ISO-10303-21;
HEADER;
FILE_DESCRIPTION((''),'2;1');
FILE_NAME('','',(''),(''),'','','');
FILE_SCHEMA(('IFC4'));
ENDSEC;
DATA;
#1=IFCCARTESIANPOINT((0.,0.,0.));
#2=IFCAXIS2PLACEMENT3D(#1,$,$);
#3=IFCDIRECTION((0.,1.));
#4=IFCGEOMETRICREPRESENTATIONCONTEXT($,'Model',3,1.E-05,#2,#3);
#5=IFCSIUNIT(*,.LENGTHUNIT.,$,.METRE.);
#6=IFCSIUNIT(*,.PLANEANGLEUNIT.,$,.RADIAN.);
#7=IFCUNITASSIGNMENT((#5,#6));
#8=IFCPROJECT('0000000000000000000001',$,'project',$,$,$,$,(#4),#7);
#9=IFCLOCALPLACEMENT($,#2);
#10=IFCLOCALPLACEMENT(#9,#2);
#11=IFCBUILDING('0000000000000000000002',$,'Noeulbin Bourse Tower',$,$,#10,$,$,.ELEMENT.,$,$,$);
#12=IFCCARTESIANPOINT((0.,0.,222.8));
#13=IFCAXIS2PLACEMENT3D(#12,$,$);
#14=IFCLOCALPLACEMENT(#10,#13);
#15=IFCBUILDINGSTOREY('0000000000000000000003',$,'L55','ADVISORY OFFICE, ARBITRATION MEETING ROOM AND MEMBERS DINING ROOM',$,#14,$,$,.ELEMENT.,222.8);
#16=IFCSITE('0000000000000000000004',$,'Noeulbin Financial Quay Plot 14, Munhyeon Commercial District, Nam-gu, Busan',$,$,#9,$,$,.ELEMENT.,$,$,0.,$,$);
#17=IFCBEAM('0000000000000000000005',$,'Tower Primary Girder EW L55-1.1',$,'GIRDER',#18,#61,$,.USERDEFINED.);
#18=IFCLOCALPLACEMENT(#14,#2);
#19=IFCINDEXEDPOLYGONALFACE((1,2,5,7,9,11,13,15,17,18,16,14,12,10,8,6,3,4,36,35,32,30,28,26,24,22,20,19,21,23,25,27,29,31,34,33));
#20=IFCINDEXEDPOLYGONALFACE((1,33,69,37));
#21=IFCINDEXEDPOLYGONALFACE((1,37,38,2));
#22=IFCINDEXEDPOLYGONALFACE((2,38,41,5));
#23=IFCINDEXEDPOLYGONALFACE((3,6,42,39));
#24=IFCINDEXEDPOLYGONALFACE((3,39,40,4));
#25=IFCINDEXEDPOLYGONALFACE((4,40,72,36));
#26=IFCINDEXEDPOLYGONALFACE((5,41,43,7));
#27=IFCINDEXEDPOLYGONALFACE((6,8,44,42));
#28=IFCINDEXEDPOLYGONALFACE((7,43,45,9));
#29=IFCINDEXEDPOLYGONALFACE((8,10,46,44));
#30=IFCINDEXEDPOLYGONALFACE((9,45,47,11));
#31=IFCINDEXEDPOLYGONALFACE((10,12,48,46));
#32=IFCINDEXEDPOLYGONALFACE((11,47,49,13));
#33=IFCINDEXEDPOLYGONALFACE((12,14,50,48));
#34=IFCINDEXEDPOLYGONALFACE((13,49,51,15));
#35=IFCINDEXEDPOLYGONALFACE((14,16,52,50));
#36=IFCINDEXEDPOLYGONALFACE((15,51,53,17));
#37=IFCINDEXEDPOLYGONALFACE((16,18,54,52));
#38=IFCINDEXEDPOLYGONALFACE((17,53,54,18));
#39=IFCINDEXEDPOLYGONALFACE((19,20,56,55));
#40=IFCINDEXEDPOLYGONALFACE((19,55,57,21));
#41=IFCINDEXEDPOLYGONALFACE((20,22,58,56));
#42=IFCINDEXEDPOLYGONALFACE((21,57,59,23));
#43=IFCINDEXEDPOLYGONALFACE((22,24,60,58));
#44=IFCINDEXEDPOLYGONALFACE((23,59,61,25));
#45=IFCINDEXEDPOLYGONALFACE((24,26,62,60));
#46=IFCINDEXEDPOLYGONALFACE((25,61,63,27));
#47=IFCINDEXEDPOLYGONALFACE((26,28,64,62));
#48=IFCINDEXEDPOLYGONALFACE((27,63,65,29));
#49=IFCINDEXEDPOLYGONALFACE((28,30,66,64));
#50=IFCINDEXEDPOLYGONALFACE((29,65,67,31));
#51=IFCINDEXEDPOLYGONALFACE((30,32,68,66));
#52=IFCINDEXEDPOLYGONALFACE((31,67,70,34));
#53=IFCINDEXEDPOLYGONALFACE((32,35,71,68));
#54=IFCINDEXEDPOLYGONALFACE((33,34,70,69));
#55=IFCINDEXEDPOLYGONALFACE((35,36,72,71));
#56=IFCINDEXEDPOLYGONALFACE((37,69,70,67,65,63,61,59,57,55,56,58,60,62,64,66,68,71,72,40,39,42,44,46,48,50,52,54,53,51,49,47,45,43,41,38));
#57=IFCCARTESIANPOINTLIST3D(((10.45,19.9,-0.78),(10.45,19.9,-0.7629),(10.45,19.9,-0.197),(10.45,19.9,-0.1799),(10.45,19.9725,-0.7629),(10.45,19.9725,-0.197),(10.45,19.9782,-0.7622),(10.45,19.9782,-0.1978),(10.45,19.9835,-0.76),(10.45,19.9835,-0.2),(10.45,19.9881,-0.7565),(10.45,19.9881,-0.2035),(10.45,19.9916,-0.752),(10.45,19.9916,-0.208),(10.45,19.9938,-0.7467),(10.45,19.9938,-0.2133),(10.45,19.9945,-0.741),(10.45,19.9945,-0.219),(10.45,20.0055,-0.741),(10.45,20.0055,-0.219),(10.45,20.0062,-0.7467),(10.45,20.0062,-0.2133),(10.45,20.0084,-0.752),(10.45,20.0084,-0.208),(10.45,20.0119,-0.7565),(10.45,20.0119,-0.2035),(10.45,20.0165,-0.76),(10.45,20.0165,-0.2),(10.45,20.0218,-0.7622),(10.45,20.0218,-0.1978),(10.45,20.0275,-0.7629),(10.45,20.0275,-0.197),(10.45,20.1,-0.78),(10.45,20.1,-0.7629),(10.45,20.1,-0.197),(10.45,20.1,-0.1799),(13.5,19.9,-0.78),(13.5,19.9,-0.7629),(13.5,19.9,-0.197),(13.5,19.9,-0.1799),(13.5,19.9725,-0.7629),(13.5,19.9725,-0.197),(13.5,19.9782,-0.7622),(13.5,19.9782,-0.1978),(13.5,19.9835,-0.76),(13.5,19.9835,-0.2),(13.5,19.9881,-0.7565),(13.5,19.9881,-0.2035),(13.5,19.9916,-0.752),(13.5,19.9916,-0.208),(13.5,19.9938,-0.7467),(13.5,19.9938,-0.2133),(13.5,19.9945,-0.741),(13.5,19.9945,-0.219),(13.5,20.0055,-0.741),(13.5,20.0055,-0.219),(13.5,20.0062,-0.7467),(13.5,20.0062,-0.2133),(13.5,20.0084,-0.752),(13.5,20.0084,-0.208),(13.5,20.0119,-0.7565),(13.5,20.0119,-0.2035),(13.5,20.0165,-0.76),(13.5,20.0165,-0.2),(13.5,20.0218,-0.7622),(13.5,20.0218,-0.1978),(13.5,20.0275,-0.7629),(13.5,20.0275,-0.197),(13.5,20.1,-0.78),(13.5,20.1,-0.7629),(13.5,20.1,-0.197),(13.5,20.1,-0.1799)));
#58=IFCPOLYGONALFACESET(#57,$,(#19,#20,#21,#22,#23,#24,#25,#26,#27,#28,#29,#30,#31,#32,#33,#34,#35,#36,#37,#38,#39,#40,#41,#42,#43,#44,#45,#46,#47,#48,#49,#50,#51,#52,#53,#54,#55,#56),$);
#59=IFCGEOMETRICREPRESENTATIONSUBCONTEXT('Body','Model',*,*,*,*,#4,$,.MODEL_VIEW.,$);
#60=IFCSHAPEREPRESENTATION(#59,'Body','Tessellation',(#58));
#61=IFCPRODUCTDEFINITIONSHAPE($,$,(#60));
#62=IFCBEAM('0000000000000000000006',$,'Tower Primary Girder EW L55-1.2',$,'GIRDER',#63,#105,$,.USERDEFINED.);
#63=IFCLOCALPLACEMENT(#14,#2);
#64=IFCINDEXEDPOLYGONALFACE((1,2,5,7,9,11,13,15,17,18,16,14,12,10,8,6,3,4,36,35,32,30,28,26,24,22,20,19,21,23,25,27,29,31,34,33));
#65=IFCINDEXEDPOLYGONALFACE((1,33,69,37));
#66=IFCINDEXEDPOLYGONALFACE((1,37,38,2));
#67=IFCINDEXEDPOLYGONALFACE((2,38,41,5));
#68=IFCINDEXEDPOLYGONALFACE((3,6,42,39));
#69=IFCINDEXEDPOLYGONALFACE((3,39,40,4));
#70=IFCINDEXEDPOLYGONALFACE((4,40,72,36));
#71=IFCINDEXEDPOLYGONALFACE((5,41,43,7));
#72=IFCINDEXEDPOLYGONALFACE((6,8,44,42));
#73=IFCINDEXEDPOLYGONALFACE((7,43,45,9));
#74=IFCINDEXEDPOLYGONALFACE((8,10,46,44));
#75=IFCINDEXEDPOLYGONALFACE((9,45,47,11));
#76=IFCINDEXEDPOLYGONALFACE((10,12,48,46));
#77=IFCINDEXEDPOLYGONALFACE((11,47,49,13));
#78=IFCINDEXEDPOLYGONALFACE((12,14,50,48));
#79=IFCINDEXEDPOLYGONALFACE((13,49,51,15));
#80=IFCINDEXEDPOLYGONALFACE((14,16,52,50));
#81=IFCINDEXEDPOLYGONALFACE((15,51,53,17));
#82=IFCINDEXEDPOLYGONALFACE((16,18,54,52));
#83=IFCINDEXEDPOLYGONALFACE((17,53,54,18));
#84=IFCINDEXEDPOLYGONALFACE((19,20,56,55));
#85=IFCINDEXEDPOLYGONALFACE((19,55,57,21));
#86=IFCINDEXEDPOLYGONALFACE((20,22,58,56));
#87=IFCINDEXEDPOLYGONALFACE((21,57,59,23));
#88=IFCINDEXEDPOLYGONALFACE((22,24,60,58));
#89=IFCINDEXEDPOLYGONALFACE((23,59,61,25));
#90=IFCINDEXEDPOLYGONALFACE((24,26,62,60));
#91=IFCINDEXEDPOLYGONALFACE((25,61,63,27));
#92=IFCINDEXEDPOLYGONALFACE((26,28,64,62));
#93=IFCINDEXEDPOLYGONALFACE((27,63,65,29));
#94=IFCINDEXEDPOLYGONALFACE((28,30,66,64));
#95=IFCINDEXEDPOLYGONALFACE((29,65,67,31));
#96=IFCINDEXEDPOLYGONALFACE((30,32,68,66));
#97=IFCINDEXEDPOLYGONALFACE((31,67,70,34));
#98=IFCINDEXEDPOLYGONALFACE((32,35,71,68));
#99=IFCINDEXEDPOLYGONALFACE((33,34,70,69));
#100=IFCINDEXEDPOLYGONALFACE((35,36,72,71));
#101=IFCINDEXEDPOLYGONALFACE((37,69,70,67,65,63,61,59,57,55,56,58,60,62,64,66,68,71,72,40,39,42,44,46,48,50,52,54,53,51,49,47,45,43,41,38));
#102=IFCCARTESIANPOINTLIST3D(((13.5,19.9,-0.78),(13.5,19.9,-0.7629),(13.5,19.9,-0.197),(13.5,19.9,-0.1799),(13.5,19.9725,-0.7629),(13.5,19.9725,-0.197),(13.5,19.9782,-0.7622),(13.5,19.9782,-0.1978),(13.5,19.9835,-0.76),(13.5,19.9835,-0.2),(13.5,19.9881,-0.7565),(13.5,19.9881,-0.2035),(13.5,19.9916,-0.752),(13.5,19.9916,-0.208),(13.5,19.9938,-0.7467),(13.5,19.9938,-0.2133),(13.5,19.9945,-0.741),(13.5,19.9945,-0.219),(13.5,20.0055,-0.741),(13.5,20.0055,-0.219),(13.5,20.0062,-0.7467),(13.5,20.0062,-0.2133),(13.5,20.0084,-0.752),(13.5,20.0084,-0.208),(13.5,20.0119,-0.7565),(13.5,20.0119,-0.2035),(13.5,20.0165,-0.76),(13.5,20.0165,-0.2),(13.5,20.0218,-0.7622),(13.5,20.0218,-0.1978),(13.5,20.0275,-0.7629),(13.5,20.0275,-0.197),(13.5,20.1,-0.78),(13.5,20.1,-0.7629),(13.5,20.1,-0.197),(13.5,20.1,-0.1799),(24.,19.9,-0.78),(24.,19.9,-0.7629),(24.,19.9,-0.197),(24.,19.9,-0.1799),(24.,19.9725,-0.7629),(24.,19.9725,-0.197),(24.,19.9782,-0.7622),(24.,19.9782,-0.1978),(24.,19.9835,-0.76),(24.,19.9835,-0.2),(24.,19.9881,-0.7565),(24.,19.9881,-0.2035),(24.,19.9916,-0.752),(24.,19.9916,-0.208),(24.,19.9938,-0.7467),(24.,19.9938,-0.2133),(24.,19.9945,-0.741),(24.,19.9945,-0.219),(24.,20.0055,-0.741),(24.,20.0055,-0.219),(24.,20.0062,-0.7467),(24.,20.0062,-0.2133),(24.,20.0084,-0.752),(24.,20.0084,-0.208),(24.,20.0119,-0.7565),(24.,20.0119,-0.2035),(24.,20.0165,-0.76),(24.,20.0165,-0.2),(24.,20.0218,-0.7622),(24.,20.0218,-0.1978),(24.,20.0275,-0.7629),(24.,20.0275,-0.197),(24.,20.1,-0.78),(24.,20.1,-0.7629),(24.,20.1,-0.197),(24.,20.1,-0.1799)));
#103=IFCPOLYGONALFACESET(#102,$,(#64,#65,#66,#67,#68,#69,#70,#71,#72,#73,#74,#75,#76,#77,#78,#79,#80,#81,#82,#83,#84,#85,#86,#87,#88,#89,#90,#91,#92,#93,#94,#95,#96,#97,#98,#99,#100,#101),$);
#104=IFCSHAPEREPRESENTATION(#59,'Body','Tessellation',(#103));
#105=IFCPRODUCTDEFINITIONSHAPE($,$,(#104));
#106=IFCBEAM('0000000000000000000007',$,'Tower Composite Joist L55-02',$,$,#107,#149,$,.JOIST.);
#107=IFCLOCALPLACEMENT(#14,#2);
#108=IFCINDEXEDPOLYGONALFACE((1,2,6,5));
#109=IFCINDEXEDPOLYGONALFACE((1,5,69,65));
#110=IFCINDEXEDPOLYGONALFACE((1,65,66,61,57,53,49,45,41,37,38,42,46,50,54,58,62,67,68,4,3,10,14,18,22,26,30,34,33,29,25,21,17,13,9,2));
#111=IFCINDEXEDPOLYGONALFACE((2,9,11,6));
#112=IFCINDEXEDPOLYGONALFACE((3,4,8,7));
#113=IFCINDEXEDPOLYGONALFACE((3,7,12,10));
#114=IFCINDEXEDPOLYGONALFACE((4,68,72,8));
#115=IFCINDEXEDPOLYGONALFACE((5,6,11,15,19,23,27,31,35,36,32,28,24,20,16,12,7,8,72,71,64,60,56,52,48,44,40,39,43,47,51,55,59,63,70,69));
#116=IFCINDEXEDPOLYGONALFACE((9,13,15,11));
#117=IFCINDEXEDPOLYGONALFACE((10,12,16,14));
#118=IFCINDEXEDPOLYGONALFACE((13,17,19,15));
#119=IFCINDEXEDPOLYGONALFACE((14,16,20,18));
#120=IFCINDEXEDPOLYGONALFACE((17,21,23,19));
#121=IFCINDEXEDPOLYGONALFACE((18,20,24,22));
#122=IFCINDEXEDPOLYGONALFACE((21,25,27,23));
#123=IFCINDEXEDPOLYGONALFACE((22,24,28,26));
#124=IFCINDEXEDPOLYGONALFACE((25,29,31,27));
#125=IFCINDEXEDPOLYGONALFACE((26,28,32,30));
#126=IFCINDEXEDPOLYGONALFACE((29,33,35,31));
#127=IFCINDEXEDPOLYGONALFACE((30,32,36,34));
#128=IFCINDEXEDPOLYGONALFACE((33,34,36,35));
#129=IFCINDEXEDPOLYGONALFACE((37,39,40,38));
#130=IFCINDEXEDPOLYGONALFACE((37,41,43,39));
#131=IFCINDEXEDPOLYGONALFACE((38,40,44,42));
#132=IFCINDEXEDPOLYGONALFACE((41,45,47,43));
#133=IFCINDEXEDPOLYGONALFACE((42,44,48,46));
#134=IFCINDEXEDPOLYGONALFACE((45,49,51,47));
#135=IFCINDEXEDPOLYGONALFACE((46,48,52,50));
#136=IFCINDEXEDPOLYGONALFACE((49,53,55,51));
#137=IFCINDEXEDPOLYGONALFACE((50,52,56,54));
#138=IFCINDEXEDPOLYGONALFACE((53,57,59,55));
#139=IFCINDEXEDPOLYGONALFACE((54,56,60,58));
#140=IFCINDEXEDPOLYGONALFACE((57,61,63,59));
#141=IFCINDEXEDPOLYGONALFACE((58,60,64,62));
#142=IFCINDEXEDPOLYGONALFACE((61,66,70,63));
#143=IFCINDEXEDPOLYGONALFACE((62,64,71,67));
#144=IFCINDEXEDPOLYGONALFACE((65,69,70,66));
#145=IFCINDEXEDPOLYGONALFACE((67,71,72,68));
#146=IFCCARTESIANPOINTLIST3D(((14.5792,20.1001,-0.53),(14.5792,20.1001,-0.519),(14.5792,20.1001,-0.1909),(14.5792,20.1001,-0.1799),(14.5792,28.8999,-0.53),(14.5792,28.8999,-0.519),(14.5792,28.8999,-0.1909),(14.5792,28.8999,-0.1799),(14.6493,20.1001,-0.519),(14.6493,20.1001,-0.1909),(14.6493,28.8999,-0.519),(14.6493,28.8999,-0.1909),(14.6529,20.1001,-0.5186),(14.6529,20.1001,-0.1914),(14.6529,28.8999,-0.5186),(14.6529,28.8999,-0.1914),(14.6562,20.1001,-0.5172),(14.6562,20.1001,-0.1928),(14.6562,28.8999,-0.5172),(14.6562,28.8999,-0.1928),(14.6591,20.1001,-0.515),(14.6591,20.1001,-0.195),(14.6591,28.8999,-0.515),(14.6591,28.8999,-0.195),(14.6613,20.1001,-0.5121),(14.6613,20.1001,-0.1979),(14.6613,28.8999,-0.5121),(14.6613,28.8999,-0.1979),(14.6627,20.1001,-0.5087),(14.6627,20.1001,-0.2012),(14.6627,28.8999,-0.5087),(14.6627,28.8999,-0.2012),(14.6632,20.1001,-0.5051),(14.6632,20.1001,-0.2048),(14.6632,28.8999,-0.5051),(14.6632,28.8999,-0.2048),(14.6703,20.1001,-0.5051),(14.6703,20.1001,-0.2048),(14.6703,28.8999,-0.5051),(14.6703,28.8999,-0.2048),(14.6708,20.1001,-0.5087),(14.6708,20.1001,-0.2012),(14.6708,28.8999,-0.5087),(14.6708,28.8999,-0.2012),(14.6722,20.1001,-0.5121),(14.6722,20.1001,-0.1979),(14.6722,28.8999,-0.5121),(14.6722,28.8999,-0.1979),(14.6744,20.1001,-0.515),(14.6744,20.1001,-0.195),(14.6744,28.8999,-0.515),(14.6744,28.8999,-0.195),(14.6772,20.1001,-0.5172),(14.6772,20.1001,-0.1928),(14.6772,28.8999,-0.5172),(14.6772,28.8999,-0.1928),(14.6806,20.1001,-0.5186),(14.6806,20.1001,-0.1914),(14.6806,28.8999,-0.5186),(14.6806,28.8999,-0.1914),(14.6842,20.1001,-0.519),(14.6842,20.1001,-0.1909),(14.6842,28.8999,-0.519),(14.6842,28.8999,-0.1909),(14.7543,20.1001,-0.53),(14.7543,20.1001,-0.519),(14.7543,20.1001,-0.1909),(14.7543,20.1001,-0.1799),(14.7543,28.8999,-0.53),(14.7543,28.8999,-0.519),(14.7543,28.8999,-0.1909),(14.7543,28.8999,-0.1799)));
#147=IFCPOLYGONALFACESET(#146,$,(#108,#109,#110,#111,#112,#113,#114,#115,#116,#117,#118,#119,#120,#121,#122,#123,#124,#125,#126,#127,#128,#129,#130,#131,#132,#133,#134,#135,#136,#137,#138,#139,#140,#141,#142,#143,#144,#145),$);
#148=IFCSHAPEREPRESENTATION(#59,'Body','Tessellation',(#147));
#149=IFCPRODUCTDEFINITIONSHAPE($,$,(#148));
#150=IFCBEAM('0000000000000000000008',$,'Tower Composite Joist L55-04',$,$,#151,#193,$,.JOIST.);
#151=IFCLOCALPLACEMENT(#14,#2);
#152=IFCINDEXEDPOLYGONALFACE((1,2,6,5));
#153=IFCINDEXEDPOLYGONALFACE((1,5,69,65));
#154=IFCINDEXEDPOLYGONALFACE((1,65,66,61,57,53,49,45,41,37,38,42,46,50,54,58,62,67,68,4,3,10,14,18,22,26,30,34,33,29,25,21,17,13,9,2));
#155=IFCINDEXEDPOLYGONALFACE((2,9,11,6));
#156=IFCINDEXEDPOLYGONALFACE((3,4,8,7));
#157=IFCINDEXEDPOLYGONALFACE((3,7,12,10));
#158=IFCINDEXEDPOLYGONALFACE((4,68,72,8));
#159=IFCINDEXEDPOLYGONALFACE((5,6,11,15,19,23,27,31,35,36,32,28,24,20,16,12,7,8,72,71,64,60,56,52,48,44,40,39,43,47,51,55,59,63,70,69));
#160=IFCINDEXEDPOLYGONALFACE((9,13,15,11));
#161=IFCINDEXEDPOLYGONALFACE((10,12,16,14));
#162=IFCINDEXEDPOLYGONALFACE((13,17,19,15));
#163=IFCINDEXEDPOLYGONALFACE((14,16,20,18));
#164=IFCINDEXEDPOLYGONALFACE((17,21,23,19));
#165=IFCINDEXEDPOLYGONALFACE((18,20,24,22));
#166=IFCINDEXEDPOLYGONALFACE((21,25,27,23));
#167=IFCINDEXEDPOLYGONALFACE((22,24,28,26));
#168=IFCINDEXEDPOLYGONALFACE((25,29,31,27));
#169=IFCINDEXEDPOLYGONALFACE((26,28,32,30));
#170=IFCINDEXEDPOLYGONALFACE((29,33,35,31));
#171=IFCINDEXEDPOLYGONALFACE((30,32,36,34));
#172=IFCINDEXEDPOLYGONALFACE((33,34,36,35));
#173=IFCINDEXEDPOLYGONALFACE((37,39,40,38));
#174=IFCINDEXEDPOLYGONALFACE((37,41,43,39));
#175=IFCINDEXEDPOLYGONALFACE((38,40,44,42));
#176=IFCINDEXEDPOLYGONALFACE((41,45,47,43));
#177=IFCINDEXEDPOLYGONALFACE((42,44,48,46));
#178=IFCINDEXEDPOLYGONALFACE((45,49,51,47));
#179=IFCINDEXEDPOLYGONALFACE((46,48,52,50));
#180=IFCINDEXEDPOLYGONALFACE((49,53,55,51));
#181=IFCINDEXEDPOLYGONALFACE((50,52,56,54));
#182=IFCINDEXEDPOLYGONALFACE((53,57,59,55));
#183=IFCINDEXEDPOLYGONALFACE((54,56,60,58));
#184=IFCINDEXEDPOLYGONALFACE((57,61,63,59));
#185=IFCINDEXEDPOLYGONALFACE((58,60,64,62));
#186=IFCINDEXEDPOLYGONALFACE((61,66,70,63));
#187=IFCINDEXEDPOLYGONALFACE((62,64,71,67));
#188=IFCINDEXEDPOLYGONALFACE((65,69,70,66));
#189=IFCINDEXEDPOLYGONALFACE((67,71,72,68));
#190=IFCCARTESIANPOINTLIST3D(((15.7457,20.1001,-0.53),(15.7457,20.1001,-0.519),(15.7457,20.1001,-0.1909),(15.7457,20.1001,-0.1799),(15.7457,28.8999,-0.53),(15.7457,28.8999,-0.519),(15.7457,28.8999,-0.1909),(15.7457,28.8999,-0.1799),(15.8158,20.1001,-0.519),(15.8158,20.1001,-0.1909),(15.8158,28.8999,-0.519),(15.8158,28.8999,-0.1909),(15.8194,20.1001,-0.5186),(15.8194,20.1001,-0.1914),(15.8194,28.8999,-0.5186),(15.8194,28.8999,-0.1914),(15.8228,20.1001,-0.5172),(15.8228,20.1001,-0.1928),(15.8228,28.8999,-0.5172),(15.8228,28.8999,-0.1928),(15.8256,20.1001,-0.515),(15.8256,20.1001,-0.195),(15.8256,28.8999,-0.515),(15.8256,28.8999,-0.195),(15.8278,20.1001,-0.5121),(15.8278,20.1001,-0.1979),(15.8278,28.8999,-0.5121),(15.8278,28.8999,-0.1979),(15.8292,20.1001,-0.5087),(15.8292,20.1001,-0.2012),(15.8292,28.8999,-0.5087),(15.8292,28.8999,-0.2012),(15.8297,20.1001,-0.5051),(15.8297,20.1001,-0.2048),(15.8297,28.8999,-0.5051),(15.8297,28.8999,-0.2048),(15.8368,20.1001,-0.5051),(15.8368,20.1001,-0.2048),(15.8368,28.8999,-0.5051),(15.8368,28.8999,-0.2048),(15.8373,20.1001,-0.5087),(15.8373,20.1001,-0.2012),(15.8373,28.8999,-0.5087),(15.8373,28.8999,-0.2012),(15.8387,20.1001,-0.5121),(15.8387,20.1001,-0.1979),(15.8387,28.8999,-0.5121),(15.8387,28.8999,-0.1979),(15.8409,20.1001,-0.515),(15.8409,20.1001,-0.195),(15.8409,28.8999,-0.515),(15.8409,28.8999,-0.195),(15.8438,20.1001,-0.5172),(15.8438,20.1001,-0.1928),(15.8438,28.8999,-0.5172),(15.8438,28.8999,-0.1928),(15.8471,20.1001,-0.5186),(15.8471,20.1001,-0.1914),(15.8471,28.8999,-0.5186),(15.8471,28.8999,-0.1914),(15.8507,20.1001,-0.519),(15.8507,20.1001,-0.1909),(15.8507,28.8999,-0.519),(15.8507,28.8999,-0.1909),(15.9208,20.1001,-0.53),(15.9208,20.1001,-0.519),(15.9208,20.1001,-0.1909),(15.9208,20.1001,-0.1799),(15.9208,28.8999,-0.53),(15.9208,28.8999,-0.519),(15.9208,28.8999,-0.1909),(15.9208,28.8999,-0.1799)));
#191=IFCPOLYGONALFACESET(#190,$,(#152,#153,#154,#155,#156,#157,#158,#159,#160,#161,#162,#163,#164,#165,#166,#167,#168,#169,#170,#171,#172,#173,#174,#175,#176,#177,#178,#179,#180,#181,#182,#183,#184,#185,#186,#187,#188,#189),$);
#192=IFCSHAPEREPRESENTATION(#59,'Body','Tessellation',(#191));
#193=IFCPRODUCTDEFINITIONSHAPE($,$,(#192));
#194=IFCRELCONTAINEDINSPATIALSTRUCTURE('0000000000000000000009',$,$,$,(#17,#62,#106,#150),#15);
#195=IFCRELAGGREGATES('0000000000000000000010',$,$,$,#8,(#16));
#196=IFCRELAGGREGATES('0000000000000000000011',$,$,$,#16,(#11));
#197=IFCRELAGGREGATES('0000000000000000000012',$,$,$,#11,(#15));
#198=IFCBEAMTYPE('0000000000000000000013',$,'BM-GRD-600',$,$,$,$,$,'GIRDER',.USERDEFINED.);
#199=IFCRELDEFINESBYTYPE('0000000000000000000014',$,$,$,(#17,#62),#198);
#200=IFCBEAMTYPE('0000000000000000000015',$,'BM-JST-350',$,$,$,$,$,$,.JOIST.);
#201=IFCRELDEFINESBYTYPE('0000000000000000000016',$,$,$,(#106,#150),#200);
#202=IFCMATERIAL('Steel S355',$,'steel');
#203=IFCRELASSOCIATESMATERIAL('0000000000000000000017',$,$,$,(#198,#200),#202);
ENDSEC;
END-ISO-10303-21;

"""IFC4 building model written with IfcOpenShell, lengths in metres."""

from ifc_helpers import new_model, si_unit, direction, frame, origin, origin_2d, place, context, subcontext, project, spatial, i_section, extrude, material, material_profile, profile_set, type_object, element, save


model = new_model("IFC4")

# Units and contexts
model_context = context("Model", 3, precision=1e-05, world=origin(), true_north=direction((0.0, 1.0)))
body_context = subcontext(model_context, "Body", "Model", "MODEL_VIEW")
ifc_project = project(units=[si_unit("LENGTHUNIT", "METRE"), si_unit("PLANEANGLEUNIT", "RADIAN")], contexts=[model_context])

# Site, building, storey
site_placement = place(None, origin())
site = spatial("IfcSite", under=ifc_project, at=site_placement, Name="Noeulbin Financial Quay Plot 14, Munhyeon Commercial District, Nam-gu, Busan", CompositionType="ELEMENT", RefElevation=0.0)
building_placement = place(site_placement, origin())
building = spatial("IfcBuilding", under=site, at=building_placement, Name="Noeulbin Bourse Tower", CompositionType="ELEMENT")
storey_placement = place(building_placement, frame((0.0, 0.0, 222.8)))
storey = spatial("IfcBuildingStorey", under=building, at=storey_placement, Name="L55", Description="ADVISORY OFFICE, ARBITRATION MEETING ROOM AND MEMBERS DINING ROOM", CompositionType="ELEMENT", Elevation=222.8)

# Shared definitions
ifc_material_1 = material(Name="Steel S355", Category="steel")

# Beams
ifc_material_profile_1 = material_profile(ifc_material_1, i_section(OverallWidth=0.2, OverallDepth=0.6001, WebThickness=0.011, FlangeThickness=0.0171, FilletRadius=0.022, at=origin_2d()), Name="H-600x200x11x17", Category="LoadBearing")
ifc_profile_set_1 = profile_set([ifc_material_profile_1], Name="Steel S355")
beam_type_1 = type_object("IfcBeamType", Name="BM-GRD-600", ElementType="GIRDER", PredefinedType="USERDEFINED", material=ifc_profile_set_1)
beam_1_placement = place(storey_placement, frame((10.45, 20.0, -0.48), z_axis=(1.0, 0.0, 0.0), x_axis=(0.0, 1.0, 0.0)))
element("IfcBeam", 1, at=beam_1_placement, inside=storey, type_object=beam_type_1, Name="Tower Primary Girder EW L55-1.1", ObjectType="GIRDER", PredefinedType="USERDEFINED", context=body_context, shape_type="SweptSolid", body=[
    extrude(i_section(OverallWidth=0.2, OverallDepth=0.6001, WebThickness=0.011, FlangeThickness=0.0171, FilletRadius=0.022, at=origin_2d()), origin(), (0.0, 0.0, 1.0), 3.05),
])
beam_2_placement = place(storey_placement, frame((13.5, 20.0, -0.48), z_axis=(1.0, 0.0, 0.0), x_axis=(0.0, 1.0, 0.0)))
element("IfcBeam", 2, at=beam_2_placement, inside=storey, type_object=beam_type_1, Name="Tower Primary Girder EW L55-1.2", ObjectType="GIRDER", PredefinedType="USERDEFINED", context=body_context, shape_type="SweptSolid", body=[
    extrude(i_section(OverallWidth=0.2, OverallDepth=0.6001, WebThickness=0.011, FlangeThickness=0.0171, FilletRadius=0.022, at=origin_2d()), origin(), (0.0, 0.0, 1.0), 10.5),
])
ifc_material_profile_2 = material_profile(ifc_material_1, i_section(OverallWidth=0.175, OverallDepth=0.3501, WebThickness=0.0071, FlangeThickness=0.011, FilletRadius=0.0139, at=origin_2d()), Name="H-350x175x7x11", Category="LoadBearing")
ifc_profile_set_2 = profile_set([ifc_material_profile_2], Name="Steel S355")
beam_type_2 = type_object("IfcBeamType", Name="BM-JST-350", PredefinedType="JOIST", material=ifc_profile_set_2)
for number, where, z_axis, x_axis, name in (
    (3, (14.6667, 20.1001, -0.355), (0.0, 1.0, 0.0), (-1.0, 0.0, 0.0), "Tower Composite Joist L55-02"),
    (4, (15.8333, 20.1001, -0.355), (0.0, 1.0, 0.0), (-1.0, 0.0, 0.0), "Tower Composite Joist L55-04"),
):
    element("IfcBeam", number, at=place(storey_placement, frame(where, z_axis=z_axis, x_axis=x_axis)), inside=storey, type_object=beam_type_2, Name=name, PredefinedType="JOIST", context=body_context, shape_type="SweptSolid", body=[
        extrude(i_section(OverallWidth=0.175, OverallDepth=0.3501, WebThickness=0.0071, FlangeThickness=0.011, FilletRadius=0.0139, at=origin_2d()), origin(), (0.0, 0.0, 1.0), 8.7998),
    ])

save(model, "model.ifc")
